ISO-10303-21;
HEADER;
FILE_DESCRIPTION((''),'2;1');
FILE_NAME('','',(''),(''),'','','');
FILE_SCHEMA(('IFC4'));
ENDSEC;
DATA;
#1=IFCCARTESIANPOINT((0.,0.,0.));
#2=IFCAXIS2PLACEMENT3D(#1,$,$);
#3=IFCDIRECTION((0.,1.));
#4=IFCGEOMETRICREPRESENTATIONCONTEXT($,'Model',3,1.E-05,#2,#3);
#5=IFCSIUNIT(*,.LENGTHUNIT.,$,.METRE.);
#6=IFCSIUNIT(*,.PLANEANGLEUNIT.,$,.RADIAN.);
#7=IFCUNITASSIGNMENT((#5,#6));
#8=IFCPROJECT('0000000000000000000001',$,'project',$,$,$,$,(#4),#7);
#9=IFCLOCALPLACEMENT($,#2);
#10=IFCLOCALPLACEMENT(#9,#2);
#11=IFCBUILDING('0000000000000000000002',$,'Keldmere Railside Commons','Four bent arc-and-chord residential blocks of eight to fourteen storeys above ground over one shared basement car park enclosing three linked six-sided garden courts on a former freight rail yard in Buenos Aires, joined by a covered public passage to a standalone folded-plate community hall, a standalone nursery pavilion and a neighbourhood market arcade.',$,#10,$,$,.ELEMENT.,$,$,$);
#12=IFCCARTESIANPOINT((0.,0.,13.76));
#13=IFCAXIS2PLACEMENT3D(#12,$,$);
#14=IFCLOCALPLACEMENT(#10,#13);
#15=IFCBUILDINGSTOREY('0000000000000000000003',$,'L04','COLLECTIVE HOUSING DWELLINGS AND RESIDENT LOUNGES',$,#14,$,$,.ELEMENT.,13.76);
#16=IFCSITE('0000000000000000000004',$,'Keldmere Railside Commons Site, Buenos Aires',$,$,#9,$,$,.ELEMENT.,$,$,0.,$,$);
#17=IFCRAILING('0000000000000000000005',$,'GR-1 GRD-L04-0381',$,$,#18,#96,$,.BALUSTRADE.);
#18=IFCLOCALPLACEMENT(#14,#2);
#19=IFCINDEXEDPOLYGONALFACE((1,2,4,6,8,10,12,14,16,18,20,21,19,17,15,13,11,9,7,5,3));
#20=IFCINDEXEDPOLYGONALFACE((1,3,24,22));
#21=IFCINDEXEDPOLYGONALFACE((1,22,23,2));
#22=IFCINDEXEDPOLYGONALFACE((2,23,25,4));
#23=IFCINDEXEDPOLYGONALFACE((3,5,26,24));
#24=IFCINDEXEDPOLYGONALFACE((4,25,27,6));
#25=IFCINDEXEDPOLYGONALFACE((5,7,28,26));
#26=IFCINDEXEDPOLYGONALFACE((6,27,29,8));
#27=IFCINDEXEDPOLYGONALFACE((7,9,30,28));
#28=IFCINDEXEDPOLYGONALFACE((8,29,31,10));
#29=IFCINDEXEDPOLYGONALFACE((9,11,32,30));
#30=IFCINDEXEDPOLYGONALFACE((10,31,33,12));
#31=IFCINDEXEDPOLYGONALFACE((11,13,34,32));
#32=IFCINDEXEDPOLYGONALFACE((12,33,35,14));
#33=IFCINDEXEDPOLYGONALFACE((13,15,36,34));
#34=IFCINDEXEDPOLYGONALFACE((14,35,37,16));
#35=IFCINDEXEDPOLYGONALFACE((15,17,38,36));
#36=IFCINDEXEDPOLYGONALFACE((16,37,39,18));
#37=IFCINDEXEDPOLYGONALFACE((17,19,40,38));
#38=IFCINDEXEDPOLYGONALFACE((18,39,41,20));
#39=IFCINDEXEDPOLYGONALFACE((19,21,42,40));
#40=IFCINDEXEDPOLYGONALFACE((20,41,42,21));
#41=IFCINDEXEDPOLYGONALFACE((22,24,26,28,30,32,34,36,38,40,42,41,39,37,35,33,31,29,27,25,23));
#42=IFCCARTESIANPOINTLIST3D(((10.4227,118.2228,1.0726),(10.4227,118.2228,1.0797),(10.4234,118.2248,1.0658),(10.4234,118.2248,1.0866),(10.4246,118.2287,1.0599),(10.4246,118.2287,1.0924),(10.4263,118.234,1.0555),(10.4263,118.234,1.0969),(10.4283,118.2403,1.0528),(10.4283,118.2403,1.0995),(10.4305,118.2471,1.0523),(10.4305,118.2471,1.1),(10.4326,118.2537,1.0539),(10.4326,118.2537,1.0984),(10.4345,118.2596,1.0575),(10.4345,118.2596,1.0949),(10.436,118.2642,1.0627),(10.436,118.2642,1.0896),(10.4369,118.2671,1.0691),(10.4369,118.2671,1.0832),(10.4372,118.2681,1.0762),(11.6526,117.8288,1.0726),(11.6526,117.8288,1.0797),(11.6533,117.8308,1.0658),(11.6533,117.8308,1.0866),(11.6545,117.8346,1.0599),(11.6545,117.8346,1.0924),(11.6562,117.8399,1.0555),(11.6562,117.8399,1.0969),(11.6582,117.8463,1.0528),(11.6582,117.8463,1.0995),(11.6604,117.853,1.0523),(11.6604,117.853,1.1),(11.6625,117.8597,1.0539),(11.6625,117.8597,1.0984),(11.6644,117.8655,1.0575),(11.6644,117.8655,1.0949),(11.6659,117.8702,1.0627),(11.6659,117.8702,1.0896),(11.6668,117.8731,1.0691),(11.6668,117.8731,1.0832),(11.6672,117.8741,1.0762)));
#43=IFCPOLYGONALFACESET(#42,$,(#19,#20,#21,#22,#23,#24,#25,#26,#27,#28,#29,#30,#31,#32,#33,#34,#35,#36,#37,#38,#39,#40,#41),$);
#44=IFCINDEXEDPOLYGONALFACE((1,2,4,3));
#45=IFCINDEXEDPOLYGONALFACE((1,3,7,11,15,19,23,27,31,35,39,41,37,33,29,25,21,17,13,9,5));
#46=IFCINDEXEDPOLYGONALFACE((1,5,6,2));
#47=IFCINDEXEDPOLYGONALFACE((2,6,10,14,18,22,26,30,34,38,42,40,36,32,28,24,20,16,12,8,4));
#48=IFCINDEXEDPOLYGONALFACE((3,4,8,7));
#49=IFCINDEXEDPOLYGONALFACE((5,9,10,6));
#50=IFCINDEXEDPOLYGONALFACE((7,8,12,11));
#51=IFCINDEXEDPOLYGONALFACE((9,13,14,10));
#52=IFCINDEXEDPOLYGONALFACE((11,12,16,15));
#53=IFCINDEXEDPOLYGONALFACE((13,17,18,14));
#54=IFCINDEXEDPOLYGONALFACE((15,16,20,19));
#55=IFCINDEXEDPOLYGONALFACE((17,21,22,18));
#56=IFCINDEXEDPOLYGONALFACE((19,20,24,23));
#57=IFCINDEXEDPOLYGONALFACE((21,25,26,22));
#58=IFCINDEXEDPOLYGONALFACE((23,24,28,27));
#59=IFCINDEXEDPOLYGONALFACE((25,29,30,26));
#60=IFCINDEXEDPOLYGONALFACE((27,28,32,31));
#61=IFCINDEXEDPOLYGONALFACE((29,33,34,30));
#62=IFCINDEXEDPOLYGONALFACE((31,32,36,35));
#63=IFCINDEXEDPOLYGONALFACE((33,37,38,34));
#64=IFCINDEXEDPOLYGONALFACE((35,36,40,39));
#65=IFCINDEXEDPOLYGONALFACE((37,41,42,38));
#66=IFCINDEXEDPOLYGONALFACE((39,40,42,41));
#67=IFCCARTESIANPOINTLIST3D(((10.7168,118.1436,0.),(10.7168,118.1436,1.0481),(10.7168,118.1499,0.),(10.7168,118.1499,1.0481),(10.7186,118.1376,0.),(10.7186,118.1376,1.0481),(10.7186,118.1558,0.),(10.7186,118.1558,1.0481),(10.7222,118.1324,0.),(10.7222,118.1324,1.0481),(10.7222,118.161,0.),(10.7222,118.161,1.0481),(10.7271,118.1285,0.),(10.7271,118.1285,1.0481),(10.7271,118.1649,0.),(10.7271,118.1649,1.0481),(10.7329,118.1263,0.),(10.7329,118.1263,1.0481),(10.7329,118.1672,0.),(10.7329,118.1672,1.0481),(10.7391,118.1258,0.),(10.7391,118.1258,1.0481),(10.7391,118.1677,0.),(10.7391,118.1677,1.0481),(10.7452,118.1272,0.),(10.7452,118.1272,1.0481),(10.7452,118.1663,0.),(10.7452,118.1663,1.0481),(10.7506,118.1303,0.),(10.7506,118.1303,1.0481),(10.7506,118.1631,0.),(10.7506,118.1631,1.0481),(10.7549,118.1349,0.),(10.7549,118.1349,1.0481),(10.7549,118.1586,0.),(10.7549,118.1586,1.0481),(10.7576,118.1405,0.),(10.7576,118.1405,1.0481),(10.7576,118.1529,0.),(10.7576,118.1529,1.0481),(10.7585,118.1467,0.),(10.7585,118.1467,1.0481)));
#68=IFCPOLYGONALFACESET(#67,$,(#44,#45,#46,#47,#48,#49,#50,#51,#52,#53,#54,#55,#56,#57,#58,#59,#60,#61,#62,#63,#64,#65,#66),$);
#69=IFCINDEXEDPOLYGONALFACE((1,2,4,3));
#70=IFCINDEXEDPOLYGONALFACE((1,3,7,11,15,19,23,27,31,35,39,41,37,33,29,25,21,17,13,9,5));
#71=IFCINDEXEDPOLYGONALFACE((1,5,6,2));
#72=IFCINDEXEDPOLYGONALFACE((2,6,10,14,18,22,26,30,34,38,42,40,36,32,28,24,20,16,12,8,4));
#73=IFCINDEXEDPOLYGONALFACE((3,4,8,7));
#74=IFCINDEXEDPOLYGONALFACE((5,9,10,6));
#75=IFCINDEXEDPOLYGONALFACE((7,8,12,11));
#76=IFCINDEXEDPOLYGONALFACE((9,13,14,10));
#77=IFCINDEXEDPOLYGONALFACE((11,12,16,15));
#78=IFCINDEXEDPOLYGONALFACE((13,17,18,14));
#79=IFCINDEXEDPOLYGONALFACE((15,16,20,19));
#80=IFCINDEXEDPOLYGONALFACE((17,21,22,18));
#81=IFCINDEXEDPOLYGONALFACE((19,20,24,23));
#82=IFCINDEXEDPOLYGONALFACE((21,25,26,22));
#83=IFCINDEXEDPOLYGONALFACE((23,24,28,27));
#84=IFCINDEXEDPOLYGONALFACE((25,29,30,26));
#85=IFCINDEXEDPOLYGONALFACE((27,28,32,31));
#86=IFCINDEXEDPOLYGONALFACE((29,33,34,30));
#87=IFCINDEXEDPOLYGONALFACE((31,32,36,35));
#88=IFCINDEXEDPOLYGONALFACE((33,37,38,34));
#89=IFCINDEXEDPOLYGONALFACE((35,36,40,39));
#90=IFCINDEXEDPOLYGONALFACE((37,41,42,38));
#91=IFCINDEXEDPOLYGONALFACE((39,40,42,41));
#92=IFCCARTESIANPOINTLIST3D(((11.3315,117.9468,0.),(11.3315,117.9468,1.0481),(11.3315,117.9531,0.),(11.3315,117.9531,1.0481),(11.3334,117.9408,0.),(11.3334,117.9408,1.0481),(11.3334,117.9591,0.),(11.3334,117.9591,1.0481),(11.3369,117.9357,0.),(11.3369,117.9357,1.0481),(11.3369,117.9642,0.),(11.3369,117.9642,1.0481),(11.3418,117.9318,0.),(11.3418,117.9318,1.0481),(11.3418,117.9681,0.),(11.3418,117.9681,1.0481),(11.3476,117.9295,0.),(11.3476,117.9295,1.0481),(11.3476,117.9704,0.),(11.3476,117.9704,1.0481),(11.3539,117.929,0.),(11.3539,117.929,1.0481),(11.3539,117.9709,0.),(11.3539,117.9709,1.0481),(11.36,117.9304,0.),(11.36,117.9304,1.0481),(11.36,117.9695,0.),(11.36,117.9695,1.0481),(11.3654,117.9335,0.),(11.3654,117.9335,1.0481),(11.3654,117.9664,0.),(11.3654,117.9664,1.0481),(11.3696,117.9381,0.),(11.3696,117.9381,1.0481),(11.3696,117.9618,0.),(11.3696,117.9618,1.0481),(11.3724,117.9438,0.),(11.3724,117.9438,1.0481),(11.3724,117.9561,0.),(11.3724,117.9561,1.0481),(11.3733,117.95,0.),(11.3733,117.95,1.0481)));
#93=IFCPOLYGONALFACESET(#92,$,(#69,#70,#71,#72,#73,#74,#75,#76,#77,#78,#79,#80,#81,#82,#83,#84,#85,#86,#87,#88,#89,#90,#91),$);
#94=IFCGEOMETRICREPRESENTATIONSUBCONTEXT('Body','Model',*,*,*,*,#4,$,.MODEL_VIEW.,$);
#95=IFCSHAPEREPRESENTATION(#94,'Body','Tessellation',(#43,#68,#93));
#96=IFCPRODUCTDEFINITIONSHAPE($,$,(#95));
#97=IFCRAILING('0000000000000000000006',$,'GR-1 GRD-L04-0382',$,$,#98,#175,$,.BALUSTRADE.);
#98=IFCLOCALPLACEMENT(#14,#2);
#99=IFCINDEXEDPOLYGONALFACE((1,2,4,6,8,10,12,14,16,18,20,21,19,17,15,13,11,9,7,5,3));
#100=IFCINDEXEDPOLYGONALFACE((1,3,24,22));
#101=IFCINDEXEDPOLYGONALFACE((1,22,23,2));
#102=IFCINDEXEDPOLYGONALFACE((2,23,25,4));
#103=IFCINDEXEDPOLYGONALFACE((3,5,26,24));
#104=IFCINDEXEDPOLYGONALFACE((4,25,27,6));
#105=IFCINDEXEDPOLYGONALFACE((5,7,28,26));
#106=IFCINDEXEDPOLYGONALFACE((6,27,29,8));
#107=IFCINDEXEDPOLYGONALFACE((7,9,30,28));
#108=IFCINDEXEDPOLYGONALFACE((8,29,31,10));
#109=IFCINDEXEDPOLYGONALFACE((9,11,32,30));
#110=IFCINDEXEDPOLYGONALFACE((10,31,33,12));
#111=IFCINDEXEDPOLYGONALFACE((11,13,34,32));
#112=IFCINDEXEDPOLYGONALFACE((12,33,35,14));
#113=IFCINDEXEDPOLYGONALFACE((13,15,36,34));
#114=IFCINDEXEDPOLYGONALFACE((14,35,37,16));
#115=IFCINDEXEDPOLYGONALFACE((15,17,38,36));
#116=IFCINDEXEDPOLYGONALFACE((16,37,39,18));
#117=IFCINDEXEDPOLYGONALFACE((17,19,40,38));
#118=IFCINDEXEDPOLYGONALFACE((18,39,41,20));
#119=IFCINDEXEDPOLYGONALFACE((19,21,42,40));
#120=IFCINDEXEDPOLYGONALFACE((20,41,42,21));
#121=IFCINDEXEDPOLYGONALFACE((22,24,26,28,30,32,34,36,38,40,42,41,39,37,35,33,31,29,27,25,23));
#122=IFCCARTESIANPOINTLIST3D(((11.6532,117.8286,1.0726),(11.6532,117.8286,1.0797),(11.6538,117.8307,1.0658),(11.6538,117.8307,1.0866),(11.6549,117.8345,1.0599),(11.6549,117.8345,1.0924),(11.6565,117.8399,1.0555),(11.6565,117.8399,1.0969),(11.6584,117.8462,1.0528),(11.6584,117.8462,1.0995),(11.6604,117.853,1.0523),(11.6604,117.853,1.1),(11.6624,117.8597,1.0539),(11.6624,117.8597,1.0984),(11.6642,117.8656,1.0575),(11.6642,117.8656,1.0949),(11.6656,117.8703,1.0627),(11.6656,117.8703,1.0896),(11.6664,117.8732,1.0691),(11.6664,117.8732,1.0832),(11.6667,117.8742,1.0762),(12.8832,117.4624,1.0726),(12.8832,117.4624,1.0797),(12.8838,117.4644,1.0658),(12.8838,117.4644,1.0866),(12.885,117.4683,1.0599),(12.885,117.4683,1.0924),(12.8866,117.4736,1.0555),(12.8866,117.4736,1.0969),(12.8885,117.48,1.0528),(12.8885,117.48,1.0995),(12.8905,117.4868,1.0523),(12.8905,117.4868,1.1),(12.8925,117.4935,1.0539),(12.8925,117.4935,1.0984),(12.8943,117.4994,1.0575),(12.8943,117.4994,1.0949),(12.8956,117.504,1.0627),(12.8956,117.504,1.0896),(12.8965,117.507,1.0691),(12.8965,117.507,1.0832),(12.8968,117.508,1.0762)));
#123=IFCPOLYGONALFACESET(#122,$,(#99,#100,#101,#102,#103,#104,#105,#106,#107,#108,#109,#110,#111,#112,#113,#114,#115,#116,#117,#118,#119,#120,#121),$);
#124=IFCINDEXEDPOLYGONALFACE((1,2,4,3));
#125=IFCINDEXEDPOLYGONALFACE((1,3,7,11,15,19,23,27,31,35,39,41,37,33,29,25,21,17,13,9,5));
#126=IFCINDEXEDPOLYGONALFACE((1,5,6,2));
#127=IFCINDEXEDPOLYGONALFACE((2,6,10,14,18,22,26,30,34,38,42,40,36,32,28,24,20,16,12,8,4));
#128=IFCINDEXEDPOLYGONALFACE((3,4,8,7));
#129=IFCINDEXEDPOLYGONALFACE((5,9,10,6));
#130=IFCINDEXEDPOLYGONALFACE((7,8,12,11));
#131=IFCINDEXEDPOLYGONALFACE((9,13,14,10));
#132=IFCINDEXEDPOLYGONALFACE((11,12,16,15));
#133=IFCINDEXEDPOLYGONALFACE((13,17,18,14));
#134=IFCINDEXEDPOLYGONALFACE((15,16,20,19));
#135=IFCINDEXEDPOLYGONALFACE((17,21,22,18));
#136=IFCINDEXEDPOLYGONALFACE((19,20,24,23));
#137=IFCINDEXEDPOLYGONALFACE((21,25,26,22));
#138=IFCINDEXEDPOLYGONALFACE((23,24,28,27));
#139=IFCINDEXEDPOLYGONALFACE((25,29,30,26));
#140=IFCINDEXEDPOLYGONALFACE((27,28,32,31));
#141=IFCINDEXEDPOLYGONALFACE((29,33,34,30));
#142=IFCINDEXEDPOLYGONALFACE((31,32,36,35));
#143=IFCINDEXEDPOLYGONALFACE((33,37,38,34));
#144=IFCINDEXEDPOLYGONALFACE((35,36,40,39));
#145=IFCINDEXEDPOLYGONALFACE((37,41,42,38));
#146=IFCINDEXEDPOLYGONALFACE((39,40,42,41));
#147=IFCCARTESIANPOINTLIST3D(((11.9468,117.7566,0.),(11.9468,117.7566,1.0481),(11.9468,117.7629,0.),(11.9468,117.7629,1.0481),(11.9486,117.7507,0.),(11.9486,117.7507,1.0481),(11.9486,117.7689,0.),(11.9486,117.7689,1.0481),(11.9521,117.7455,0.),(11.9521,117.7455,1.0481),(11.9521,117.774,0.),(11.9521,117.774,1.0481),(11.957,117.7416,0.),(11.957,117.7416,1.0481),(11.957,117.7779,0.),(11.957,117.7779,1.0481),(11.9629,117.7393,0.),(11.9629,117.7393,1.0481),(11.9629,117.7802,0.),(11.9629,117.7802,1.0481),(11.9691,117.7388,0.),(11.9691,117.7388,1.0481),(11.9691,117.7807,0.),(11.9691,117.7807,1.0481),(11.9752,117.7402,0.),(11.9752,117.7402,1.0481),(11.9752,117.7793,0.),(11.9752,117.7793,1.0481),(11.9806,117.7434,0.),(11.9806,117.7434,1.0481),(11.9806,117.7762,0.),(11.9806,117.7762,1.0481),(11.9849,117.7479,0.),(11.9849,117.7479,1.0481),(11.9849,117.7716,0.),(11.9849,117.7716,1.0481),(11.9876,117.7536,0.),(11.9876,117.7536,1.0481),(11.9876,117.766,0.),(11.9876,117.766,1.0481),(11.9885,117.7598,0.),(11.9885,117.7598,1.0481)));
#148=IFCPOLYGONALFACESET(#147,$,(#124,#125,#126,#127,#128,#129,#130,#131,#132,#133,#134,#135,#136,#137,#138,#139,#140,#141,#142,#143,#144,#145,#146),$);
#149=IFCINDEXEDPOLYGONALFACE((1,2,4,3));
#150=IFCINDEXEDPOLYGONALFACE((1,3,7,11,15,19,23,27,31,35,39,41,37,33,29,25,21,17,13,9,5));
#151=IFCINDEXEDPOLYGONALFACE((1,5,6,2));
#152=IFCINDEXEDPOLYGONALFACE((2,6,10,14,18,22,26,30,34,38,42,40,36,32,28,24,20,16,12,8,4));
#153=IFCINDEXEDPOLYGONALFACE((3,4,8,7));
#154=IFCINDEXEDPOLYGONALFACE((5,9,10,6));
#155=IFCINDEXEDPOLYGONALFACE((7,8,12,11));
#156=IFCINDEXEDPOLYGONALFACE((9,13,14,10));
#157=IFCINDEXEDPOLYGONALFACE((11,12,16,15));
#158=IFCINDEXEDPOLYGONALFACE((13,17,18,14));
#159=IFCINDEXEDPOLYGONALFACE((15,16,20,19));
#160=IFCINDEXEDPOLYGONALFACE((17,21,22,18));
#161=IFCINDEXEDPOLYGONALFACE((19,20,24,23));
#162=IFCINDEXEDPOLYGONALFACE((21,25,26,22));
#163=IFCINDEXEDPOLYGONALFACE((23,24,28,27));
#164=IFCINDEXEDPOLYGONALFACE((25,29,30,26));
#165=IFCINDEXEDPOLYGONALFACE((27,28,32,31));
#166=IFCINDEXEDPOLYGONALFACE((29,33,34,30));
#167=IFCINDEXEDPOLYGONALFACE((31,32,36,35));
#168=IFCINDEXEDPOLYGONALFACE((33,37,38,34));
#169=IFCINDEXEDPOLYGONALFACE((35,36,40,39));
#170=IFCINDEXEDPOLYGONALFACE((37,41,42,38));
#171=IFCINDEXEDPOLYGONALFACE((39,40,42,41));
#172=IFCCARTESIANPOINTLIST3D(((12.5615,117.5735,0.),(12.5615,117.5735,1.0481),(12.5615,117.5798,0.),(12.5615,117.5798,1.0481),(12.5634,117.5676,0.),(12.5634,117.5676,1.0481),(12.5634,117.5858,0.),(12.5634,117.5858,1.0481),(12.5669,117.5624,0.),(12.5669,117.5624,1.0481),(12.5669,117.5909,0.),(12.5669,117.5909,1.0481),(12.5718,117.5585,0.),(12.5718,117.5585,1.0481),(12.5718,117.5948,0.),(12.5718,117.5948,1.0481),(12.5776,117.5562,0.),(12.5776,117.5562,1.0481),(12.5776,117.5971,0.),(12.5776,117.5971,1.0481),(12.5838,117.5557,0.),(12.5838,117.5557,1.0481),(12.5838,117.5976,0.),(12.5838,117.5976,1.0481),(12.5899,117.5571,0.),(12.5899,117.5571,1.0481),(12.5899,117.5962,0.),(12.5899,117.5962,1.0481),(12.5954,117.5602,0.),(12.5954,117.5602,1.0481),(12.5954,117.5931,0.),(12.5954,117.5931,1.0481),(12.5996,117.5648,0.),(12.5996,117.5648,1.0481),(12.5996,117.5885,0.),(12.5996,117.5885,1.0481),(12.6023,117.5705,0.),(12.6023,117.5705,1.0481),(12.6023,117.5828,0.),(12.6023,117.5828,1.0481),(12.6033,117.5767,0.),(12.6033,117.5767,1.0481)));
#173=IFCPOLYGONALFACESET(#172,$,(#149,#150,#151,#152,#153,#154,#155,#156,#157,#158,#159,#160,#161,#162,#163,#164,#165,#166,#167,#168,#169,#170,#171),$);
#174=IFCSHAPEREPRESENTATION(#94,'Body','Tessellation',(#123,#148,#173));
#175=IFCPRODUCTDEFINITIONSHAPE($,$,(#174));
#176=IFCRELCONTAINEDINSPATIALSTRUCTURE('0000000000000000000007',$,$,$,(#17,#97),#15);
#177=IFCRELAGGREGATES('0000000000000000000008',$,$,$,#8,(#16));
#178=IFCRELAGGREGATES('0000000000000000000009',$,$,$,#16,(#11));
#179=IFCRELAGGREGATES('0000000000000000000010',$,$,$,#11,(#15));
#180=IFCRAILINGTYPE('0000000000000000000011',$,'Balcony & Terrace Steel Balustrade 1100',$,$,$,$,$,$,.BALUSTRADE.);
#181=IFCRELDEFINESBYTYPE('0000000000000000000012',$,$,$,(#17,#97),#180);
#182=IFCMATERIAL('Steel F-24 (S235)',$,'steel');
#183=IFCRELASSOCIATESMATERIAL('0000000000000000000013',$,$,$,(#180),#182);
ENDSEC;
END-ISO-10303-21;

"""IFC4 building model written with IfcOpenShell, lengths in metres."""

from ifc_helpers import new_model, si_unit, direction, frame, origin, origin_2d, place, context, subcontext, project, spatial, circle, extrude, material, type_object, element, save


model = new_model("IFC4")

# Units and contexts
model_context = context("Model", 3, precision=1e-05, world=origin(), true_north=direction((0.0, 1.0)))
body_context = subcontext(model_context, "Body", "Model", "MODEL_VIEW")
ifc_project = project(units=[si_unit("LENGTHUNIT", "METRE"), si_unit("PLANEANGLEUNIT", "RADIAN")], contexts=[model_context])

# Site, building, storey
site_placement = place(None, origin())
site = spatial("IfcSite", under=ifc_project, at=site_placement, Name="Keldmere Railside Commons Site, Buenos Aires", CompositionType="ELEMENT", RefElevation=0.0)
building_placement = place(site_placement, origin())
building = spatial("IfcBuilding", under=site, at=building_placement, Name="Keldmere Railside Commons", Description="Four bent arc-and-chord residential blocks of eight to fourteen storeys above ground over one shared basement car park enclosing three linked six-sided garden courts on a former freight rail yard in Buenos Aires, joined by a covered public passage to a standalone folded-plate community hall, a standalone nursery pavilion and a neighbourhood market arcade.", CompositionType="ELEMENT")
storey_placement = place(building_placement, frame((0.0, 0.0, 13.76)))
storey = spatial("IfcBuildingStorey", under=building, at=storey_placement, Name="L04", Description="COLLECTIVE HOUSING DWELLINGS AND RESIDENT LOUNGES", CompositionType="ELEMENT", Elevation=13.76)

# Railings
ifc_material_1 = material(Name="Steel F-24 (S235)", Category="steel")
railing_type = type_object("IfcRailingType", Name="Balcony & Terrace Steel Balustrade 1100", PredefinedType="BALUSTRADE", material=ifc_material_1)
railing_1_placement = place(storey_placement, frame((10.4299, 118.2454, 0.0)))
element("IfcRailing", 1, at=railing_1_placement, inside=storey, type_object=railing_type, Name="GR-1 GRD-L04-0381", PredefinedType="BALUSTRADE", context=body_context, shape_type="SweptSolid", body=[
    extrude(circle(Radius=0.0239, at=origin_2d()), frame((0.0, 0.0, 1.0762), z_axis=(0.952323, -0.305091, 0.0), x_axis=(0.305091, 0.952323, 0.0)), (0.0, 0.0, 1.0), 1.2915),
    extrude(circle(Radius=0.021, at=origin_2d()), frame((0.3076, -0.0986, 0.0)), (0.0, 0.0, 1.0), 1.0481),
    extrude(circle(Radius=0.021, at=origin_2d()), frame((0.9224, -0.2954, 0.0)), (0.0, 0.0, 1.0), 1.0481),
])
railing_2_placement = place(storey_placement, frame((11.6599, 117.8513, 0.0)))
element("IfcRailing", 2, at=railing_2_placement, inside=storey, type_object=railing_type, Name="GR-1 GRD-L04-0382", PredefinedType="BALUSTRADE", context=body_context, shape_type="SweptSolid", body=[
    extrude(circle(Radius=0.0239, at=origin_2d()), frame((0.0, 0.0, 1.0762), z_axis=(0.958421, -0.285358, 0.0), x_axis=(0.285358, 0.958421, 0.0)), (0.0, 0.0, 1.0), 1.2834),
    extrude(circle(Radius=0.021, at=origin_2d()), frame((0.3076, -0.0916, 0.0)), (0.0, 0.0, 1.0), 1.0481),
    extrude(circle(Radius=0.021, at=origin_2d()), frame((0.9224, -0.2747, 0.0)), (0.0, 0.0, 1.0), 1.0481),
])

save(model, "model.ifc")
